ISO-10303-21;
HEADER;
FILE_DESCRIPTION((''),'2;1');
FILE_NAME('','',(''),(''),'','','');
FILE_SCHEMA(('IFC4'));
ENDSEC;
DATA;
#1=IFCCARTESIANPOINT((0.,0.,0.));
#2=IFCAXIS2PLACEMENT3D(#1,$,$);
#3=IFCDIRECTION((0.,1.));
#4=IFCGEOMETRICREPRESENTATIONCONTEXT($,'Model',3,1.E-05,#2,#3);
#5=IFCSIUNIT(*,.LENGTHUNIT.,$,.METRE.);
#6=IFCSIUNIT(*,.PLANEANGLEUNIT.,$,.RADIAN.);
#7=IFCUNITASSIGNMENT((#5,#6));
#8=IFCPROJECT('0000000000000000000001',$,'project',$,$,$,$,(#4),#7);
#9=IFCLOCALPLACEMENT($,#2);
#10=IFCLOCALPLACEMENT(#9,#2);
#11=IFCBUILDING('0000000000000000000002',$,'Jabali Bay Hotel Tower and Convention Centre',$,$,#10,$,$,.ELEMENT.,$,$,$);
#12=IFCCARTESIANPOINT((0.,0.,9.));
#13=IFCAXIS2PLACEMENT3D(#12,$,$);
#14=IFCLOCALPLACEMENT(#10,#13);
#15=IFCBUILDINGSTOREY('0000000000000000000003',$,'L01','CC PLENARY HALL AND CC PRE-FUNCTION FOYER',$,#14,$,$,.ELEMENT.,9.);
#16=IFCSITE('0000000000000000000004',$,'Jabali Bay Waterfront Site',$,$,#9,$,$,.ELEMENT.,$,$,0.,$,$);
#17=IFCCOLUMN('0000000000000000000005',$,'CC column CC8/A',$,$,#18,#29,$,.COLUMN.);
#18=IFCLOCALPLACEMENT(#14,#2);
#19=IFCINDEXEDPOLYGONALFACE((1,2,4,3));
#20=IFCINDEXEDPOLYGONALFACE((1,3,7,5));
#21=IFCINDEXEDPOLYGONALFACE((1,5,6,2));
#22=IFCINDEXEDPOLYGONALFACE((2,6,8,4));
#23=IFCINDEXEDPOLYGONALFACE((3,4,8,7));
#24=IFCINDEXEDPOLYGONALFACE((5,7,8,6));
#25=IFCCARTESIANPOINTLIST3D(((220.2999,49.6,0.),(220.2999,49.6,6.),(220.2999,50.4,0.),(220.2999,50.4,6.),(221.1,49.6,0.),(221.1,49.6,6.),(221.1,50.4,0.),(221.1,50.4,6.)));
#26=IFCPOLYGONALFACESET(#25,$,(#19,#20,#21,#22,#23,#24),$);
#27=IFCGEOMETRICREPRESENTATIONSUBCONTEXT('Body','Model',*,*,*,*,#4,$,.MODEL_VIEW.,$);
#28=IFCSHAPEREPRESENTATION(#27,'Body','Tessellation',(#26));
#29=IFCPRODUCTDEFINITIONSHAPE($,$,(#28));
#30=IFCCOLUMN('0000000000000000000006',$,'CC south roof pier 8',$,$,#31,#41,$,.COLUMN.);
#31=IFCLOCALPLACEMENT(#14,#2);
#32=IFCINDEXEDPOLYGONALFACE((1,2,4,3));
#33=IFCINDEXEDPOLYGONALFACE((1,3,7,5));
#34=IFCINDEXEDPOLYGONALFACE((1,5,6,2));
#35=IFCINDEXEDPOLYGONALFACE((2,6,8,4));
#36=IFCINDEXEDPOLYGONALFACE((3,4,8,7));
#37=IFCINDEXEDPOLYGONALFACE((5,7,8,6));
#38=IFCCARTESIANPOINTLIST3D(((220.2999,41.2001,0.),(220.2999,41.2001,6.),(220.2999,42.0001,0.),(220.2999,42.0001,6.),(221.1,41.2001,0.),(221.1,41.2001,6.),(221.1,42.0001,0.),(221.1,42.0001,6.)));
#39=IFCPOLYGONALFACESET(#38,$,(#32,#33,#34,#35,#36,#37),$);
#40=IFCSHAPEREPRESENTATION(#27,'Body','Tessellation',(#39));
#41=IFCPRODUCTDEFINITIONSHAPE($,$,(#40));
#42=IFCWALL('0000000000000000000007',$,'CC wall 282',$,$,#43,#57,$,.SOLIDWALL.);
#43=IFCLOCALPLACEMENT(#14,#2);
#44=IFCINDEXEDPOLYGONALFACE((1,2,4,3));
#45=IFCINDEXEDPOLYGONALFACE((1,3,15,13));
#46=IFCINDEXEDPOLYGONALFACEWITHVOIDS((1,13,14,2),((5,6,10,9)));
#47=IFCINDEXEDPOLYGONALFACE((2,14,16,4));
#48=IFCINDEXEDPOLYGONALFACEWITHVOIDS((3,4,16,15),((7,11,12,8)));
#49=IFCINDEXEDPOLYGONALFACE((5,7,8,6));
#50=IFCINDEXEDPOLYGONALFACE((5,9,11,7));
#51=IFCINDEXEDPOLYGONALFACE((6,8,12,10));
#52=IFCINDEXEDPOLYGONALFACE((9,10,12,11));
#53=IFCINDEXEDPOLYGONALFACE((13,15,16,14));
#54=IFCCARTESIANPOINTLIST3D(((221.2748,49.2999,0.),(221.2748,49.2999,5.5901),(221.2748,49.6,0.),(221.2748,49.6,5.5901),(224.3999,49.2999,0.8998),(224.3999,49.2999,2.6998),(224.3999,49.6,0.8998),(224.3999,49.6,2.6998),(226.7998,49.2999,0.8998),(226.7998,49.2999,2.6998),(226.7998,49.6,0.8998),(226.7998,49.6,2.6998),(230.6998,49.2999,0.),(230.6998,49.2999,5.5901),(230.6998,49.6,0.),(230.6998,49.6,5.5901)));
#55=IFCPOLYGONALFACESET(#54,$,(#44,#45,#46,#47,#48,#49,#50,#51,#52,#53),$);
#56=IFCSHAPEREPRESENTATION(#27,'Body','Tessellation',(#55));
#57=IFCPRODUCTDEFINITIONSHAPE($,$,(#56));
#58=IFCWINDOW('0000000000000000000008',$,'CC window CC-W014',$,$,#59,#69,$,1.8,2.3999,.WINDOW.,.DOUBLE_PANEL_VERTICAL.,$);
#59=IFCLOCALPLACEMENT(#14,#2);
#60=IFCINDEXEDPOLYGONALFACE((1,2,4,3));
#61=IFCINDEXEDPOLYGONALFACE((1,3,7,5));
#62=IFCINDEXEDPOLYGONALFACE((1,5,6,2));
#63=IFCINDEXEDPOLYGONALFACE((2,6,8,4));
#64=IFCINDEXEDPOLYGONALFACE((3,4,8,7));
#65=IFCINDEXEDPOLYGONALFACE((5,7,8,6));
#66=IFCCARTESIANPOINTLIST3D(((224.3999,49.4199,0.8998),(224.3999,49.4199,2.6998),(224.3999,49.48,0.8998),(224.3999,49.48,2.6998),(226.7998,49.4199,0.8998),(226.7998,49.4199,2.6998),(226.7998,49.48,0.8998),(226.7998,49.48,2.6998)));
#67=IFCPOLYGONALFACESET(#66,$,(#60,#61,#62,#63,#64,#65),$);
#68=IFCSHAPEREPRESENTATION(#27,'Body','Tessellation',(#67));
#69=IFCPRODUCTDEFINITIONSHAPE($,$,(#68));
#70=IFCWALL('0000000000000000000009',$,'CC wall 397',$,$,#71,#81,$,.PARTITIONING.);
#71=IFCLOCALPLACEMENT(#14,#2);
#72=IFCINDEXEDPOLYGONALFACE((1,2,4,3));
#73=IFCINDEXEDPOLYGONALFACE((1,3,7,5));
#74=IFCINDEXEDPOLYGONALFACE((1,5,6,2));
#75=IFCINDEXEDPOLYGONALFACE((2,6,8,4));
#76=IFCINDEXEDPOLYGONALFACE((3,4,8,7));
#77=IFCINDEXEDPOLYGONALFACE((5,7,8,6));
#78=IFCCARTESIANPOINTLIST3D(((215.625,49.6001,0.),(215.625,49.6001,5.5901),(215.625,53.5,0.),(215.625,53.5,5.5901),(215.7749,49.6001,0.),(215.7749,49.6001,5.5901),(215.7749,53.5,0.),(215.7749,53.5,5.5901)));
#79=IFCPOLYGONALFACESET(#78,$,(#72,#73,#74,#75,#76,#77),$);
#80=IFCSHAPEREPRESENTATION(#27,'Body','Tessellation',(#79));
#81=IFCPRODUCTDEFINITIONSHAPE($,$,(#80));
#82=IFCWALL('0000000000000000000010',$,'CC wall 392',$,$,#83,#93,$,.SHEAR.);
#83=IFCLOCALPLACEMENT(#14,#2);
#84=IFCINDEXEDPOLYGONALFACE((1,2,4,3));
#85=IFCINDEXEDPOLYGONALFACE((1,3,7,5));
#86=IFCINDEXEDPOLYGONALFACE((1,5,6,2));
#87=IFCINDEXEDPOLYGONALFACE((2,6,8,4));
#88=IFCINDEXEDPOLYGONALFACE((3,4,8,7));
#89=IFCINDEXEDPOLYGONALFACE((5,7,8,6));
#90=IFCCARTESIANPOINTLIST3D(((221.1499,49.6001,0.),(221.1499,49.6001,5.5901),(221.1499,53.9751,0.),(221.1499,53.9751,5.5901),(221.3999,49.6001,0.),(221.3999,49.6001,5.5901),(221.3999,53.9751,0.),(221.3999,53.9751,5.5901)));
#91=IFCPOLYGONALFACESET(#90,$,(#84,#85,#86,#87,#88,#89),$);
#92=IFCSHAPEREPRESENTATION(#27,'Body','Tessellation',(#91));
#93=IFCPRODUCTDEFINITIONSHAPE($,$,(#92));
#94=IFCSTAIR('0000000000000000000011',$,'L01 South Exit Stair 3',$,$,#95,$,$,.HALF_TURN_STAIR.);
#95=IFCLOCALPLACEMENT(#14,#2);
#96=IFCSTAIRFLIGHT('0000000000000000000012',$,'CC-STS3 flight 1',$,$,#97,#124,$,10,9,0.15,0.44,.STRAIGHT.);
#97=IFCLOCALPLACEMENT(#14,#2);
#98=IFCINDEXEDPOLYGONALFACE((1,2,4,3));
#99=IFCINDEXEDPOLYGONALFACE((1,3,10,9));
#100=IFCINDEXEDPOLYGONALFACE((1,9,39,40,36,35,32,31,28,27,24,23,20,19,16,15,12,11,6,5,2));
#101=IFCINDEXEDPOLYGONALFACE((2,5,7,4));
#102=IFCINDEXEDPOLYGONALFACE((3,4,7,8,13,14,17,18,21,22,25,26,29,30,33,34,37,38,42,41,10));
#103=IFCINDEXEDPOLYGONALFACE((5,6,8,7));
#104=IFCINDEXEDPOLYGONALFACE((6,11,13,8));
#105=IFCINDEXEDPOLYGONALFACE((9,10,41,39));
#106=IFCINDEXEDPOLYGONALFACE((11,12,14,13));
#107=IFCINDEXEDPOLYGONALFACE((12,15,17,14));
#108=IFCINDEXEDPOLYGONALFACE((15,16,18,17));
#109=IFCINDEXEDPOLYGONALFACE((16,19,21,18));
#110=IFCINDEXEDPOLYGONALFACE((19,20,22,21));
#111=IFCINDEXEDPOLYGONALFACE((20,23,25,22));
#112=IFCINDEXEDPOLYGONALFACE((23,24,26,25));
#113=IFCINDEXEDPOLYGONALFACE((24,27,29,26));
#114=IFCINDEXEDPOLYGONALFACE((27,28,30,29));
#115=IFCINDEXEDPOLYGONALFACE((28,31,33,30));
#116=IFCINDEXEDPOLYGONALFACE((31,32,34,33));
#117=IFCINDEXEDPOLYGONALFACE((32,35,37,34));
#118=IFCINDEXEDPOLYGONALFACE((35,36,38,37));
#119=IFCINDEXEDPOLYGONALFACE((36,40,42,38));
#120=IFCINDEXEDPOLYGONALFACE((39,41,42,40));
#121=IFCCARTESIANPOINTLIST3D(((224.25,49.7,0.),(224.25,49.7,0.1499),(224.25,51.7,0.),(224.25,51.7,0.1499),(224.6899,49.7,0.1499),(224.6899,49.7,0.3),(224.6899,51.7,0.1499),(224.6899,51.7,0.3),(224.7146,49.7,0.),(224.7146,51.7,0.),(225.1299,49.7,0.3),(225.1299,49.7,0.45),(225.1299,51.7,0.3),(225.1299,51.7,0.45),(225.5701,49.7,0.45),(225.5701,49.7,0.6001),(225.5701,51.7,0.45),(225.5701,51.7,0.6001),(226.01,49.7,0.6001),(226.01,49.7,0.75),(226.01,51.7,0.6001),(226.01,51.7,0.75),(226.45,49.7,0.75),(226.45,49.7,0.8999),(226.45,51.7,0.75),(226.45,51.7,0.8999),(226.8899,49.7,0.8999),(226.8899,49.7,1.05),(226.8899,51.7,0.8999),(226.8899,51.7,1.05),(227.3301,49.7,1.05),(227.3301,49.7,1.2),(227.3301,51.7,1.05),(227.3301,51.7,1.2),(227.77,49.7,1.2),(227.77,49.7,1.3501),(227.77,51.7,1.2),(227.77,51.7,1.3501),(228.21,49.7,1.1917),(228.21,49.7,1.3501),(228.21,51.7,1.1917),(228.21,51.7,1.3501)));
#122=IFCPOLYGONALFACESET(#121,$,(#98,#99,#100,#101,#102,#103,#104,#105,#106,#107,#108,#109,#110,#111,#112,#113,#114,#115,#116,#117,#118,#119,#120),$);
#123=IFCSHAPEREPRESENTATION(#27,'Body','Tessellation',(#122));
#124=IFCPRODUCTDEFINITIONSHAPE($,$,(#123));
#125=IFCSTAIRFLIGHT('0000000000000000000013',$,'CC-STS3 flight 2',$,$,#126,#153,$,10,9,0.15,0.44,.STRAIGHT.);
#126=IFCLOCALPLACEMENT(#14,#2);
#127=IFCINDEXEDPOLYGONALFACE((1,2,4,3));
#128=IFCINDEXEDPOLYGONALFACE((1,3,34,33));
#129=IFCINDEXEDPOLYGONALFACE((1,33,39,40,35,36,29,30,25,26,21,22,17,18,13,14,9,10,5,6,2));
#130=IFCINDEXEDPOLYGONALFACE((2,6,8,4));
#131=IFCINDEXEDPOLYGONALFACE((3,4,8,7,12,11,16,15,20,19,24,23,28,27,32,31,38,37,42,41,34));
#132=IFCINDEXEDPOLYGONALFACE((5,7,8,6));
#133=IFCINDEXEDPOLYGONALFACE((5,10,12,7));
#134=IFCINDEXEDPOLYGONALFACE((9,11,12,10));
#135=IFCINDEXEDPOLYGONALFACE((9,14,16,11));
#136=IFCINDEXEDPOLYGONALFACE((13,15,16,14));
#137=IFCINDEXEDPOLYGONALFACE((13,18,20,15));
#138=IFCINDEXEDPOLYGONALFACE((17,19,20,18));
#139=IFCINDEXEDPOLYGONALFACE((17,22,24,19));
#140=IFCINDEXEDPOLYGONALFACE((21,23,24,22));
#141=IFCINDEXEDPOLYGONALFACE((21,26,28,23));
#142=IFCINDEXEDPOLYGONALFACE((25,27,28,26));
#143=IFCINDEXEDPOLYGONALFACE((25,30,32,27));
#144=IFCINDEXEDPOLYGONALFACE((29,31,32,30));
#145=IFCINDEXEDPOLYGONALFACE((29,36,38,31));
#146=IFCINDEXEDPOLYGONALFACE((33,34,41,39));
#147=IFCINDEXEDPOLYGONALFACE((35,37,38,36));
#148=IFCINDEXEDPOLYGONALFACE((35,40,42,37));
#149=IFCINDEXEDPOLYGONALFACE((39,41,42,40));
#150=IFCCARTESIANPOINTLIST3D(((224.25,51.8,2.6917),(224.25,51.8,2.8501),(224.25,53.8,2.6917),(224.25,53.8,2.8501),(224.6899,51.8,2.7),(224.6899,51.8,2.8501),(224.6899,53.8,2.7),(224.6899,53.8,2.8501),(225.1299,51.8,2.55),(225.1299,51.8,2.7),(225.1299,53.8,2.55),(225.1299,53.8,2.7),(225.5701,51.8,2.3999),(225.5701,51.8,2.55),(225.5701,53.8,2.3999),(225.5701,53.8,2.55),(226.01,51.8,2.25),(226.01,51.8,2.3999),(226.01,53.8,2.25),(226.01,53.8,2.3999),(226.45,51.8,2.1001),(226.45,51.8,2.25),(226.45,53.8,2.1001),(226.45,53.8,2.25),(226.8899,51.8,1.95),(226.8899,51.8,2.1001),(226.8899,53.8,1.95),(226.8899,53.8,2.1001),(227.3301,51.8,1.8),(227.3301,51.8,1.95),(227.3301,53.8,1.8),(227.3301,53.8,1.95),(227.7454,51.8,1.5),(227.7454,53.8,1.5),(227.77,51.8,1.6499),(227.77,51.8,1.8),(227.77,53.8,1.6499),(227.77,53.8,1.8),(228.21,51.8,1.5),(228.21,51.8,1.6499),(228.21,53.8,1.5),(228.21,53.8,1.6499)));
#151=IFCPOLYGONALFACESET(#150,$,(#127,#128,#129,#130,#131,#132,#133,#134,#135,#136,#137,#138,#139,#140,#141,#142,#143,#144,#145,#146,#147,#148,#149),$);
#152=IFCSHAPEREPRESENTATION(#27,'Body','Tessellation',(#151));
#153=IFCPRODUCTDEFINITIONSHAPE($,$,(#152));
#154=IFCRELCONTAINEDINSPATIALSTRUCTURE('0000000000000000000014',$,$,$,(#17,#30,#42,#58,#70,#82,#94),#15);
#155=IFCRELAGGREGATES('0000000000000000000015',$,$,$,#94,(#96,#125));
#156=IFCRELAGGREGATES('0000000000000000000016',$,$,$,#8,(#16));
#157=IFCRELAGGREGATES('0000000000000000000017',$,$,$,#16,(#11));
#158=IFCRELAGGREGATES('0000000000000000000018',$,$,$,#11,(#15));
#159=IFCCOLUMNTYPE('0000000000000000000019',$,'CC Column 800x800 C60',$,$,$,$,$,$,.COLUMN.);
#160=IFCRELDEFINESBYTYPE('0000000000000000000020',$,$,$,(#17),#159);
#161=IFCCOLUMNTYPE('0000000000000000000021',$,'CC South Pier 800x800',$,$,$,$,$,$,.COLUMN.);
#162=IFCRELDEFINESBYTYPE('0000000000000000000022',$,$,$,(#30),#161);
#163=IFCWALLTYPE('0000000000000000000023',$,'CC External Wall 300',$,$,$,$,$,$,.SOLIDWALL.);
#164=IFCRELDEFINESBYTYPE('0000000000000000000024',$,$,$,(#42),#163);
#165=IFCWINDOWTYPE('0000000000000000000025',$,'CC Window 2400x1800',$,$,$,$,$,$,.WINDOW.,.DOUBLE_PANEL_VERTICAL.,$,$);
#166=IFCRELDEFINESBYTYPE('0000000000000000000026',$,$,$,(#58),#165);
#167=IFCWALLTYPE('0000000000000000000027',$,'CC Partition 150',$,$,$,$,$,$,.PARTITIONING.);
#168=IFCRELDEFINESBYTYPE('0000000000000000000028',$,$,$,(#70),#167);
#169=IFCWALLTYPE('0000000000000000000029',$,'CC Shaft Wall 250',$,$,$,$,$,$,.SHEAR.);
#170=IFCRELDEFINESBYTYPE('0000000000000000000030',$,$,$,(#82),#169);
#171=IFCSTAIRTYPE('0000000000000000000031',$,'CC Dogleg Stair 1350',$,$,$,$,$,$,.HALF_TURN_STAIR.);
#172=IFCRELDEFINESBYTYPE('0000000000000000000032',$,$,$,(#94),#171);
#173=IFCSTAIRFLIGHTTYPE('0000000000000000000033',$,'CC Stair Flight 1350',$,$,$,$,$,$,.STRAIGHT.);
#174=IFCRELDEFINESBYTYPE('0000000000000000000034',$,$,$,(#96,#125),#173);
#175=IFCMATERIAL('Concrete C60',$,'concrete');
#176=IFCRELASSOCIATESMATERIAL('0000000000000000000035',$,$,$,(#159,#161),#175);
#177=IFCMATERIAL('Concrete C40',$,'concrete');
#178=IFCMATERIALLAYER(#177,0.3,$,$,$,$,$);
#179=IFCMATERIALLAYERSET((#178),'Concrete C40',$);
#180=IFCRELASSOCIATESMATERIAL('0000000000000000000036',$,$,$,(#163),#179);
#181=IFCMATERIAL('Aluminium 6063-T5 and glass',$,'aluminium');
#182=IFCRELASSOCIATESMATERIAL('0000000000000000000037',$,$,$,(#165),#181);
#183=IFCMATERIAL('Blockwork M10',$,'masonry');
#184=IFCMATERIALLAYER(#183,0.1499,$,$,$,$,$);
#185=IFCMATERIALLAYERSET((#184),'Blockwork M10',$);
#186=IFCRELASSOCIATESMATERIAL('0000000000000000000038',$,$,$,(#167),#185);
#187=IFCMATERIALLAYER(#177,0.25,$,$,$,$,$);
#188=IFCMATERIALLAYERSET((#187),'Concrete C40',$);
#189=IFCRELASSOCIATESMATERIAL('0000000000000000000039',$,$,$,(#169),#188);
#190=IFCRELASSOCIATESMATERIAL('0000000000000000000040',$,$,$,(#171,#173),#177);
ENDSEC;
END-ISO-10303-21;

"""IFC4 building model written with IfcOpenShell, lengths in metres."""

from ifc_helpers import new_model, si_unit, direction, frame, frame_2d, origin, origin_2d, place, context, subcontext, project, spatial, polyline, rectangle, outline, extrude, material, layer, layer_set, material_profile, profile_set, type_object, element, fill, aggregate, save


model = new_model("IFC4")

# Units and contexts
model_context = context("Model", 3, precision=1e-05, world=origin(), true_north=direction((0.0, 1.0)))
body_context = subcontext(model_context, "Body", "Model", "MODEL_VIEW")
ifc_project = project(units=[si_unit("LENGTHUNIT", "METRE"), si_unit("PLANEANGLEUNIT", "RADIAN")], contexts=[model_context])

# Site, building, storey
site_placement = place(None, origin())
site = spatial("IfcSite", under=ifc_project, at=site_placement, Name="Jabali Bay Waterfront Site", CompositionType="ELEMENT", RefElevation=0.0)
building_placement = place(site_placement, origin())
building = spatial("IfcBuilding", under=site, at=building_placement, Name="Jabali Bay Hotel Tower and Convention Centre", CompositionType="ELEMENT")
storey_placement = place(building_placement, frame((0.0, 0.0, 9.0)))
storey = spatial("IfcBuildingStorey", under=building, at=storey_placement, Name="L01", Description="CC PLENARY HALL AND CC PRE-FUNCTION FOYER", CompositionType="ELEMENT", Elevation=9.0)

# Columns
ifc_material_1 = material(Name="Concrete C60", Category="concrete")
ifc_material_profile_1 = material_profile(ifc_material_1, rectangle(XDim=0.8, YDim=0.8, at=origin_2d()), Name="RC 800x800")
ifc_profile_set_1 = profile_set([ifc_material_profile_1], Name="Concrete C60")
column_type_1 = type_object("IfcColumnType", Name="CC Column 800x800 C60", PredefinedType="COLUMN", material=ifc_profile_set_1)
column_1_placement = place(storey_placement, frame((220.7, 50.0, 0.0), z_axis=(0.0, 0.0, 1.0), x_axis=(1.0, 0.0, 0.0)))
element("IfcColumn", 1, at=column_1_placement, inside=storey, type_object=column_type_1, Name="CC column CC8/A", PredefinedType="COLUMN", context=body_context, shape_type="SweptSolid", body=[
    extrude(rectangle(XDim=0.8, YDim=0.8, at=origin_2d()), origin(), (0.0, 0.0, 1.0), 6.0),
])
ifc_material_profile_2 = material_profile(ifc_material_1, rectangle(XDim=0.8, YDim=0.8, at=origin_2d()), Name="RC 800x800")
ifc_profile_set_2 = profile_set([ifc_material_profile_2], Name="Concrete C60")
column_type_2 = type_object("IfcColumnType", Name="CC South Pier 800x800", PredefinedType="COLUMN", material=ifc_profile_set_2)
column_2_placement = place(storey_placement, frame((220.7, 41.6001, 0.0), z_axis=(0.0, 0.0, 1.0), x_axis=(1.0, 0.0, 0.0)))
element("IfcColumn", 2, at=column_2_placement, inside=storey, type_object=column_type_2, Name="CC south roof pier 8", PredefinedType="COLUMN", context=body_context, shape_type="SweptSolid", body=[
    extrude(rectangle(XDim=0.8, YDim=0.8, at=origin_2d()), origin(), (0.0, 0.0, 1.0), 6.0),
])

# Wall, opening, window
ifc_material_2 = material(Name="Concrete C40", Category="concrete")
ifc_layer_1 = layer(ifc_material_2, 0.3)
ifc_layer_set_1 = layer_set([ifc_layer_1], Name="Concrete C40")
wall_type_1 = type_object("IfcWallType", Name="CC External Wall 300", PredefinedType="SOLIDWALL", material=ifc_layer_set_1)
wall_1_placement = place(storey_placement, frame((221.2749, 49.45, 0.0), z_axis=(0.0, 0.0, 1.0), x_axis=(1.0, 0.0, 0.0)))
wall_1 = element("IfcWall", 3, at=wall_1_placement, inside=storey, type_object=wall_type_1, Name="CC wall 282", PredefinedType="SOLIDWALL", context=body_context, shape_type="SweptSolid", body=[
    extrude(rectangle(XDim=9.425, YDim=0.3, at=frame_2d((4.7124, 0.0))), origin(), (0.0, 0.0, 1.0), 5.5901),
])
opening_placement = place(wall_1_placement, frame((3.125, 0.0, 0.8999)))
opening = element("IfcOpeningElement", 4, at=opening_placement, cuts=wall_1, PredefinedType="OPENING", context=body_context, shape_type="SweptSolid", body=[
    extrude(rectangle(XDim=2.3999, YDim=1.8, at=frame_2d((1.2, 0.8999))), frame((0.0, 0.1606, 0.0), z_axis=(0.0, -1.0, 0.0), x_axis=(1.0, 0.0, 0.0)), (0.0, 0.0, 1.0), 0.321),
])
ifc_material_3 = material(Name="Aluminium 6063-T5 and glass", Category="aluminium")
window_type = type_object("IfcWindowType", Name="CC Window 2400x1800", PartitioningType="DOUBLE_PANEL_VERTICAL", PredefinedType="WINDOW", material=ifc_material_3)
window_placement = place(opening_placement, origin())
window = element("IfcWindow", 5, at=window_placement, inside=storey, type_object=window_type, Name="CC window CC-W014", OverallHeight=1.8, OverallWidth=2.3999, PartitioningType="DOUBLE_PANEL_VERTICAL", PredefinedType="WINDOW", context=body_context, shape_type="SweptSolid", body=[
    extrude(rectangle(XDim=2.3999, YDim=1.8, at=frame_2d((1.2, 0.8999))), frame((0.0, 0.03, 0.0), z_axis=(0.0, -1.0, 0.0), x_axis=(1.0, 0.0, 0.0)), (0.0, 0.0, 1.0), 0.0601),
])
fill(opening, window)

# Walls
ifc_material_4 = material(Name="Blockwork M10", Category="masonry")
ifc_layer_2 = layer(ifc_material_4, 0.1499)
ifc_layer_set_2 = layer_set([ifc_layer_2], Name="Blockwork M10")
wall_type_2 = type_object("IfcWallType", Name="CC Partition 150", PredefinedType="PARTITIONING", material=ifc_layer_set_2)
wall_2_placement = place(storey_placement, frame((215.7, 49.6001, 0.0), z_axis=(0.0, 0.0, 1.0), x_axis=(0.0, 1.0, 0.0)))
element("IfcWall", 6, at=wall_2_placement, inside=storey, type_object=wall_type_2, Name="CC wall 397", PredefinedType="PARTITIONING", context=body_context, shape_type="SweptSolid", body=[
    extrude(rectangle(XDim=3.8999, YDim=0.1499, at=frame_2d((1.95, 0.0))), origin(), (0.0, 0.0, 1.0), 5.5901),
])
ifc_layer_3 = layer(ifc_material_2, 0.25)
ifc_layer_set_3 = layer_set([ifc_layer_3], Name="Concrete C40")
wall_type_3 = type_object("IfcWallType", Name="CC Shaft Wall 250", PredefinedType="SHEAR", material=ifc_layer_set_3)
wall_3_placement = place(storey_placement, frame((221.2749, 49.6001, 0.0), z_axis=(0.0, 0.0, 1.0), x_axis=(0.0, 1.0, 0.0)))
element("IfcWall", 7, at=wall_3_placement, inside=storey, type_object=wall_type_3, Name="CC wall 392", PredefinedType="SHEAR", context=body_context, shape_type="SweptSolid", body=[
    extrude(rectangle(XDim=4.375, YDim=0.25, at=frame_2d((2.1875, 0.0))), origin(), (0.0, 0.0, 1.0), 5.5901),
])

# Stair, stair flights
stair_type = type_object("IfcStairType", Name="CC Dogleg Stair 1350", PredefinedType="HALF_TURN_STAIR", material=ifc_material_2)
stair_placement = place(storey_placement, origin())
stair = element("IfcStair", 8, at=stair_placement, inside=storey, type_object=stair_type, Name="L01 South Exit Stair 3", PredefinedType="HALF_TURN_STAIR")
stair_flight_type = type_object("IfcStairFlightType", Name="CC Stair Flight 1350", PredefinedType="STRAIGHT", material=ifc_material_2)
stair_flight_1_placement = place(storey_placement, frame((224.25, 50.7, 0.0), z_axis=(0.0, 0.0, 1.0), x_axis=(1.0, 0.0, 0.0)))
stair_flight_1 = element("IfcStairFlight", 9, at=stair_flight_1_placement, type_object=stair_flight_type, Name="CC-STS3 flight 1", NumberOfRisers=10, NumberOfTreads=9, PredefinedType="STRAIGHT", RiserHeight=0.15, TreadLength=0.44, context=body_context, shape_type="SweptSolid", body=[
    extrude(outline(polyline([(0.0, 0.0), (0.0, 0.1499), (0.4399, 0.1499), (0.4399, 0.3), (0.8799, 0.3), (0.8799, 0.45), (1.3201, 0.45), (1.3201, 0.6001), (1.76, 0.6001), (1.76, 0.75), (2.2, 0.75), (2.2, 0.8999), (2.6399, 0.8999), (2.6399, 1.05), (3.0801, 1.05), (3.0801, 1.2), (3.52, 1.2), (3.52, 1.3501), (3.96, 1.3501), (3.96, 1.5), (3.96, 1.1917), (0.4646, 0.0), (0.0, 0.0)])), frame((0.0, 1.0, 0.0), z_axis=(0.0, -1.0, 0.0), x_axis=(1.0, 0.0, 0.0)), (0.0, 0.0, 1.0), 2.0),
])
stair_flight_2_placement = place(storey_placement, frame((228.21, 52.8, 1.5), z_axis=(0.0, 0.0, 1.0), x_axis=(-1.0, 0.0, 0.0)))
stair_flight_2 = element("IfcStairFlight", 10, at=stair_flight_2_placement, type_object=stair_flight_type, Name="CC-STS3 flight 2", NumberOfRisers=10, NumberOfTreads=9, PredefinedType="STRAIGHT", RiserHeight=0.15, TreadLength=0.44, context=body_context, shape_type="SweptSolid", body=[
    extrude(outline(polyline([(0.0, 0.0), (0.0, 0.1499), (0.4399, 0.1499), (0.4399, 0.3), (0.8799, 0.3), (0.8799, 0.45), (1.3201, 0.45), (1.3201, 0.6001), (1.76, 0.6001), (1.76, 0.75), (2.2, 0.75), (2.2, 0.8999), (2.6399, 0.8999), (2.6399, 1.05), (3.0801, 1.05), (3.0801, 1.2), (3.52, 1.2), (3.52, 1.3501), (3.96, 1.3501), (3.96, 1.5), (3.96, 1.1917), (0.4646, 0.0), (0.0, 0.0)])), frame((0.0, 1.0, 0.0), z_axis=(0.0, -1.0, 0.0), x_axis=(1.0, 0.0, 0.0)), (0.0, 0.0, 1.0), 2.0),
])
aggregate(stair, [stair_flight_1, stair_flight_2])

save(model, "model.ifc")
